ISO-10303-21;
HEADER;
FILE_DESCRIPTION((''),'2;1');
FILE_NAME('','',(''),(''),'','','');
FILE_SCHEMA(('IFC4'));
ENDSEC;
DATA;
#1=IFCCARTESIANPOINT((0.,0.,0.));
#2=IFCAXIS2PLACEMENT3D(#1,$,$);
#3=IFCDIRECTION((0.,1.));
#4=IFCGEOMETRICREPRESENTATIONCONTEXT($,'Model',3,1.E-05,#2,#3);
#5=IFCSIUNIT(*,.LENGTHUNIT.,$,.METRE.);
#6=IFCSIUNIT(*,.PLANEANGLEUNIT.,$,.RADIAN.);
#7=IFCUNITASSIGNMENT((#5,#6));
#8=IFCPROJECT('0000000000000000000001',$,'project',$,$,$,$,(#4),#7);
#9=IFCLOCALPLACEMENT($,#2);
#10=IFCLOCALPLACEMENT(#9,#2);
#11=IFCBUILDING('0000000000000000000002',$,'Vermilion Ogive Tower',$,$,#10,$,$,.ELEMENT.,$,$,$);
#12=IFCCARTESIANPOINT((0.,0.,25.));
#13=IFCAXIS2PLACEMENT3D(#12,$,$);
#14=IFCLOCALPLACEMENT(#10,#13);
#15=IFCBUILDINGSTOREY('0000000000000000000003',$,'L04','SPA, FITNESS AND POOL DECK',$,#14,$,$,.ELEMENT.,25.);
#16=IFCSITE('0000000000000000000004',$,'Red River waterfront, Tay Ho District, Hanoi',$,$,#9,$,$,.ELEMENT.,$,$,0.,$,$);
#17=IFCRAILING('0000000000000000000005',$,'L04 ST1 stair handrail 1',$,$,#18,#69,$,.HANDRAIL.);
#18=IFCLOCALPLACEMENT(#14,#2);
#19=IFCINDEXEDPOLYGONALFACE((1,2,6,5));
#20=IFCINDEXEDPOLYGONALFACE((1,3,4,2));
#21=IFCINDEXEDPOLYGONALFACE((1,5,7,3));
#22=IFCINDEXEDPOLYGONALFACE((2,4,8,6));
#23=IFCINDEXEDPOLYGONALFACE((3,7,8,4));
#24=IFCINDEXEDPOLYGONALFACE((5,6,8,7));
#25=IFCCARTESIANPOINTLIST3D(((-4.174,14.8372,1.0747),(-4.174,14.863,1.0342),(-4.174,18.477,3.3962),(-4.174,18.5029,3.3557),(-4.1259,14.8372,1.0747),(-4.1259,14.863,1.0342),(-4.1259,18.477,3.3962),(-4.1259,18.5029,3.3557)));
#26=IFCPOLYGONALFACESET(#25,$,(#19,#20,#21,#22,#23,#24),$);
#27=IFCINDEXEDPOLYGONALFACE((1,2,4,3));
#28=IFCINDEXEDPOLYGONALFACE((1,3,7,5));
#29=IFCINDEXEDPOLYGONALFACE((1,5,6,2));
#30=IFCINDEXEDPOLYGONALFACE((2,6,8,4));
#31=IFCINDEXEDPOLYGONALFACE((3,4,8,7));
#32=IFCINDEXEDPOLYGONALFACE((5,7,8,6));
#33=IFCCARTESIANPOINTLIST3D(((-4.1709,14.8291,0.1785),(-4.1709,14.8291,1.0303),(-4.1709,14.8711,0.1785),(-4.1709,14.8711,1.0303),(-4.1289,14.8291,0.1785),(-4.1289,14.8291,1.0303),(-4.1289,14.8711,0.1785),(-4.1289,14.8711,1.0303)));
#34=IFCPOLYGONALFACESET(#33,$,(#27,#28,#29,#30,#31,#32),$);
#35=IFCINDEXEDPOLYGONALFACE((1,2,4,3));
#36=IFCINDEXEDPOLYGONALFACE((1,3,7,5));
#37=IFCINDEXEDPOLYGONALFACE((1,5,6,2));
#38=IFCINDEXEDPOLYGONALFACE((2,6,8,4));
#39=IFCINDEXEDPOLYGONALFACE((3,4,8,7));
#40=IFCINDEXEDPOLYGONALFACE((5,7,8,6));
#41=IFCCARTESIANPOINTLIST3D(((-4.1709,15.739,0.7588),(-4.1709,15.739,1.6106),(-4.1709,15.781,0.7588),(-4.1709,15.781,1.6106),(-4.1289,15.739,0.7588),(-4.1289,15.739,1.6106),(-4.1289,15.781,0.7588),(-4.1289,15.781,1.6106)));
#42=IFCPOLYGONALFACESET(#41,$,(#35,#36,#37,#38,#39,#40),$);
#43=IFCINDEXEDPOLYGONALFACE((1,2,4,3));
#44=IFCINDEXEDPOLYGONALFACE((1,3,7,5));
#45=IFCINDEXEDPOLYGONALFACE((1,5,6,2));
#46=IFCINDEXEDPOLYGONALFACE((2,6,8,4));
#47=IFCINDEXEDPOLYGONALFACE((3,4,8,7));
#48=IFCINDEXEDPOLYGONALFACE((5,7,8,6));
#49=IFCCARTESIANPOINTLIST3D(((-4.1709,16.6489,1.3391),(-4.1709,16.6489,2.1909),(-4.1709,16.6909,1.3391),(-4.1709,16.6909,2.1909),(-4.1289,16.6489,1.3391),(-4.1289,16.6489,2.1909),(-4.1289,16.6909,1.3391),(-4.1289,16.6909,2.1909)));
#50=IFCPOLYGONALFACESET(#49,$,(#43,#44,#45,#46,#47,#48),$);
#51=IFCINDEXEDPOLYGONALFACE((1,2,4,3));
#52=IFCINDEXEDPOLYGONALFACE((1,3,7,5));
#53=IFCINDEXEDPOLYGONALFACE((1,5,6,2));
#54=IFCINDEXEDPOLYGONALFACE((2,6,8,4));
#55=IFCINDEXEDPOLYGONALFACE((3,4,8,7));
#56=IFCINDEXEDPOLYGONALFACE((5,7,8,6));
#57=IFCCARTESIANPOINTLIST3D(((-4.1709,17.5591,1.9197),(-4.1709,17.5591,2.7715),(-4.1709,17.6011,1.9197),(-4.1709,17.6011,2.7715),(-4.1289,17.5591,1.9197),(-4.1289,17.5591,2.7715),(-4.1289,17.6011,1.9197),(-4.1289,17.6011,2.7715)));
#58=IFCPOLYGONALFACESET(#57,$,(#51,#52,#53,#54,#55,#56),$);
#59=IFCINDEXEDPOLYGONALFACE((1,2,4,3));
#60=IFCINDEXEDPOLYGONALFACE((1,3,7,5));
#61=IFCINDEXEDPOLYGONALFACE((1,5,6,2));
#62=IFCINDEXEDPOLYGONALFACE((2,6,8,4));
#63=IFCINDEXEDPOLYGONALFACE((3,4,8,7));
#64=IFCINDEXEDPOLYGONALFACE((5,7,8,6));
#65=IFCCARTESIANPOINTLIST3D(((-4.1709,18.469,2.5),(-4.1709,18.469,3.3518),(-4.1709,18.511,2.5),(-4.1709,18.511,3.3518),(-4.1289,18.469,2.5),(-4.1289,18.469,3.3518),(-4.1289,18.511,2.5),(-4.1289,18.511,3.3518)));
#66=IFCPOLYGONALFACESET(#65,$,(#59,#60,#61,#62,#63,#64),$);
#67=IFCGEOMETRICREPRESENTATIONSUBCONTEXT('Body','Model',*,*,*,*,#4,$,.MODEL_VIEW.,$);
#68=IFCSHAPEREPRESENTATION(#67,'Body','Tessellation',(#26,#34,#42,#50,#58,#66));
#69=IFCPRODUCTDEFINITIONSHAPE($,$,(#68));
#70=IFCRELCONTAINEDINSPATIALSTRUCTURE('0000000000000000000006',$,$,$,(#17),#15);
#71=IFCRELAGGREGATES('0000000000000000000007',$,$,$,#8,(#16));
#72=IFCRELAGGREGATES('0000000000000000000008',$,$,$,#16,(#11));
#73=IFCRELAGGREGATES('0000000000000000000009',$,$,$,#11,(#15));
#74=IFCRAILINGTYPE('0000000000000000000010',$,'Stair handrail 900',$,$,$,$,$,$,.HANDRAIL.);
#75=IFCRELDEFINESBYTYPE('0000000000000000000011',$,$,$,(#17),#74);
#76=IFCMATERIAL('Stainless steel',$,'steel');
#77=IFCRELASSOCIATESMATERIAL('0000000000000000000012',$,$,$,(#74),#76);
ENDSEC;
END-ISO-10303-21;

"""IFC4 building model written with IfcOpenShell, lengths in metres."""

from ifc_helpers import new_model, si_unit, direction, frame, origin, origin_2d, place, context, subcontext, project, spatial, rectangle, extrude, material, type_object, element, save


model = new_model("IFC4")

# Units and contexts
model_context = context("Model", 3, precision=1e-05, world=origin(), true_north=direction((0.0, 1.0)))
body_context = subcontext(model_context, "Body", "Model", "MODEL_VIEW")
ifc_project = project(units=[si_unit("LENGTHUNIT", "METRE"), si_unit("PLANEANGLEUNIT", "RADIAN")], contexts=[model_context])

# Site, building, storey
site_placement = place(None, origin())
site = spatial("IfcSite", under=ifc_project, at=site_placement, Name="Red River waterfront, Tay Ho District, Hanoi", CompositionType="ELEMENT", RefElevation=0.0)
building_placement = place(site_placement, origin())
building = spatial("IfcBuilding", under=site, at=building_placement, Name="Vermilion Ogive Tower", CompositionType="ELEMENT")
storey_placement = place(building_placement, frame((0.0, 0.0, 25.0)))
storey = spatial("IfcBuildingStorey", under=building, at=storey_placement, Name="L04", Description="SPA, FITNESS AND POOL DECK", CompositionType="ELEMENT", Elevation=25.0)

# Railing
ifc_material_1 = material(Name="Stainless steel", Category="steel")
railing_type_1 = type_object("IfcRailingType", Name="Stair handrail 900", PredefinedType="HANDRAIL", material=ifc_material_1)
railing_1_placement = place(storey_placement, frame((-4.1499, 14.8501, 0.1785)))
element("IfcRailing", 1, at=railing_1_placement, inside=storey, type_object=railing_type_1, Name="L04 ST1 stair handrail 1", PredefinedType="HANDRAIL", context=body_context, shape_type="SweptSolid", body=[
    extrude(rectangle(XDim=0.0481, YDim=0.0481, at=origin_2d()), frame((0.0, 0.0, 0.876), z_axis=(0.0, 0.843112, 0.537739), x_axis=(-1.0, 0.0, 0.0)), (0.0, 0.0, 1.0), 4.3171),
    extrude(rectangle(XDim=0.042, YDim=0.042, at=origin_2d()), origin(), (0.0, 0.0, 1.0), 0.8518),
    extrude(rectangle(XDim=0.042, YDim=0.042, at=origin_2d()), frame((0.0, 0.9099, 0.5803)), (0.0, 0.0, 1.0), 0.8518),
    extrude(rectangle(XDim=0.042, YDim=0.042, at=origin_2d()), frame((0.0, 1.8198, 1.1606)), (0.0, 0.0, 1.0), 0.8518),
    extrude(rectangle(XDim=0.042, YDim=0.042, at=origin_2d()), frame((0.0, 2.73, 1.7412)), (0.0, 0.0, 1.0), 0.8518),
    extrude(rectangle(XDim=0.042, YDim=0.042, at=origin_2d()), frame((0.0, 3.6399, 2.3215)), (0.0, 0.0, 1.0), 0.8518),
])

save(model, "model.ifc")
